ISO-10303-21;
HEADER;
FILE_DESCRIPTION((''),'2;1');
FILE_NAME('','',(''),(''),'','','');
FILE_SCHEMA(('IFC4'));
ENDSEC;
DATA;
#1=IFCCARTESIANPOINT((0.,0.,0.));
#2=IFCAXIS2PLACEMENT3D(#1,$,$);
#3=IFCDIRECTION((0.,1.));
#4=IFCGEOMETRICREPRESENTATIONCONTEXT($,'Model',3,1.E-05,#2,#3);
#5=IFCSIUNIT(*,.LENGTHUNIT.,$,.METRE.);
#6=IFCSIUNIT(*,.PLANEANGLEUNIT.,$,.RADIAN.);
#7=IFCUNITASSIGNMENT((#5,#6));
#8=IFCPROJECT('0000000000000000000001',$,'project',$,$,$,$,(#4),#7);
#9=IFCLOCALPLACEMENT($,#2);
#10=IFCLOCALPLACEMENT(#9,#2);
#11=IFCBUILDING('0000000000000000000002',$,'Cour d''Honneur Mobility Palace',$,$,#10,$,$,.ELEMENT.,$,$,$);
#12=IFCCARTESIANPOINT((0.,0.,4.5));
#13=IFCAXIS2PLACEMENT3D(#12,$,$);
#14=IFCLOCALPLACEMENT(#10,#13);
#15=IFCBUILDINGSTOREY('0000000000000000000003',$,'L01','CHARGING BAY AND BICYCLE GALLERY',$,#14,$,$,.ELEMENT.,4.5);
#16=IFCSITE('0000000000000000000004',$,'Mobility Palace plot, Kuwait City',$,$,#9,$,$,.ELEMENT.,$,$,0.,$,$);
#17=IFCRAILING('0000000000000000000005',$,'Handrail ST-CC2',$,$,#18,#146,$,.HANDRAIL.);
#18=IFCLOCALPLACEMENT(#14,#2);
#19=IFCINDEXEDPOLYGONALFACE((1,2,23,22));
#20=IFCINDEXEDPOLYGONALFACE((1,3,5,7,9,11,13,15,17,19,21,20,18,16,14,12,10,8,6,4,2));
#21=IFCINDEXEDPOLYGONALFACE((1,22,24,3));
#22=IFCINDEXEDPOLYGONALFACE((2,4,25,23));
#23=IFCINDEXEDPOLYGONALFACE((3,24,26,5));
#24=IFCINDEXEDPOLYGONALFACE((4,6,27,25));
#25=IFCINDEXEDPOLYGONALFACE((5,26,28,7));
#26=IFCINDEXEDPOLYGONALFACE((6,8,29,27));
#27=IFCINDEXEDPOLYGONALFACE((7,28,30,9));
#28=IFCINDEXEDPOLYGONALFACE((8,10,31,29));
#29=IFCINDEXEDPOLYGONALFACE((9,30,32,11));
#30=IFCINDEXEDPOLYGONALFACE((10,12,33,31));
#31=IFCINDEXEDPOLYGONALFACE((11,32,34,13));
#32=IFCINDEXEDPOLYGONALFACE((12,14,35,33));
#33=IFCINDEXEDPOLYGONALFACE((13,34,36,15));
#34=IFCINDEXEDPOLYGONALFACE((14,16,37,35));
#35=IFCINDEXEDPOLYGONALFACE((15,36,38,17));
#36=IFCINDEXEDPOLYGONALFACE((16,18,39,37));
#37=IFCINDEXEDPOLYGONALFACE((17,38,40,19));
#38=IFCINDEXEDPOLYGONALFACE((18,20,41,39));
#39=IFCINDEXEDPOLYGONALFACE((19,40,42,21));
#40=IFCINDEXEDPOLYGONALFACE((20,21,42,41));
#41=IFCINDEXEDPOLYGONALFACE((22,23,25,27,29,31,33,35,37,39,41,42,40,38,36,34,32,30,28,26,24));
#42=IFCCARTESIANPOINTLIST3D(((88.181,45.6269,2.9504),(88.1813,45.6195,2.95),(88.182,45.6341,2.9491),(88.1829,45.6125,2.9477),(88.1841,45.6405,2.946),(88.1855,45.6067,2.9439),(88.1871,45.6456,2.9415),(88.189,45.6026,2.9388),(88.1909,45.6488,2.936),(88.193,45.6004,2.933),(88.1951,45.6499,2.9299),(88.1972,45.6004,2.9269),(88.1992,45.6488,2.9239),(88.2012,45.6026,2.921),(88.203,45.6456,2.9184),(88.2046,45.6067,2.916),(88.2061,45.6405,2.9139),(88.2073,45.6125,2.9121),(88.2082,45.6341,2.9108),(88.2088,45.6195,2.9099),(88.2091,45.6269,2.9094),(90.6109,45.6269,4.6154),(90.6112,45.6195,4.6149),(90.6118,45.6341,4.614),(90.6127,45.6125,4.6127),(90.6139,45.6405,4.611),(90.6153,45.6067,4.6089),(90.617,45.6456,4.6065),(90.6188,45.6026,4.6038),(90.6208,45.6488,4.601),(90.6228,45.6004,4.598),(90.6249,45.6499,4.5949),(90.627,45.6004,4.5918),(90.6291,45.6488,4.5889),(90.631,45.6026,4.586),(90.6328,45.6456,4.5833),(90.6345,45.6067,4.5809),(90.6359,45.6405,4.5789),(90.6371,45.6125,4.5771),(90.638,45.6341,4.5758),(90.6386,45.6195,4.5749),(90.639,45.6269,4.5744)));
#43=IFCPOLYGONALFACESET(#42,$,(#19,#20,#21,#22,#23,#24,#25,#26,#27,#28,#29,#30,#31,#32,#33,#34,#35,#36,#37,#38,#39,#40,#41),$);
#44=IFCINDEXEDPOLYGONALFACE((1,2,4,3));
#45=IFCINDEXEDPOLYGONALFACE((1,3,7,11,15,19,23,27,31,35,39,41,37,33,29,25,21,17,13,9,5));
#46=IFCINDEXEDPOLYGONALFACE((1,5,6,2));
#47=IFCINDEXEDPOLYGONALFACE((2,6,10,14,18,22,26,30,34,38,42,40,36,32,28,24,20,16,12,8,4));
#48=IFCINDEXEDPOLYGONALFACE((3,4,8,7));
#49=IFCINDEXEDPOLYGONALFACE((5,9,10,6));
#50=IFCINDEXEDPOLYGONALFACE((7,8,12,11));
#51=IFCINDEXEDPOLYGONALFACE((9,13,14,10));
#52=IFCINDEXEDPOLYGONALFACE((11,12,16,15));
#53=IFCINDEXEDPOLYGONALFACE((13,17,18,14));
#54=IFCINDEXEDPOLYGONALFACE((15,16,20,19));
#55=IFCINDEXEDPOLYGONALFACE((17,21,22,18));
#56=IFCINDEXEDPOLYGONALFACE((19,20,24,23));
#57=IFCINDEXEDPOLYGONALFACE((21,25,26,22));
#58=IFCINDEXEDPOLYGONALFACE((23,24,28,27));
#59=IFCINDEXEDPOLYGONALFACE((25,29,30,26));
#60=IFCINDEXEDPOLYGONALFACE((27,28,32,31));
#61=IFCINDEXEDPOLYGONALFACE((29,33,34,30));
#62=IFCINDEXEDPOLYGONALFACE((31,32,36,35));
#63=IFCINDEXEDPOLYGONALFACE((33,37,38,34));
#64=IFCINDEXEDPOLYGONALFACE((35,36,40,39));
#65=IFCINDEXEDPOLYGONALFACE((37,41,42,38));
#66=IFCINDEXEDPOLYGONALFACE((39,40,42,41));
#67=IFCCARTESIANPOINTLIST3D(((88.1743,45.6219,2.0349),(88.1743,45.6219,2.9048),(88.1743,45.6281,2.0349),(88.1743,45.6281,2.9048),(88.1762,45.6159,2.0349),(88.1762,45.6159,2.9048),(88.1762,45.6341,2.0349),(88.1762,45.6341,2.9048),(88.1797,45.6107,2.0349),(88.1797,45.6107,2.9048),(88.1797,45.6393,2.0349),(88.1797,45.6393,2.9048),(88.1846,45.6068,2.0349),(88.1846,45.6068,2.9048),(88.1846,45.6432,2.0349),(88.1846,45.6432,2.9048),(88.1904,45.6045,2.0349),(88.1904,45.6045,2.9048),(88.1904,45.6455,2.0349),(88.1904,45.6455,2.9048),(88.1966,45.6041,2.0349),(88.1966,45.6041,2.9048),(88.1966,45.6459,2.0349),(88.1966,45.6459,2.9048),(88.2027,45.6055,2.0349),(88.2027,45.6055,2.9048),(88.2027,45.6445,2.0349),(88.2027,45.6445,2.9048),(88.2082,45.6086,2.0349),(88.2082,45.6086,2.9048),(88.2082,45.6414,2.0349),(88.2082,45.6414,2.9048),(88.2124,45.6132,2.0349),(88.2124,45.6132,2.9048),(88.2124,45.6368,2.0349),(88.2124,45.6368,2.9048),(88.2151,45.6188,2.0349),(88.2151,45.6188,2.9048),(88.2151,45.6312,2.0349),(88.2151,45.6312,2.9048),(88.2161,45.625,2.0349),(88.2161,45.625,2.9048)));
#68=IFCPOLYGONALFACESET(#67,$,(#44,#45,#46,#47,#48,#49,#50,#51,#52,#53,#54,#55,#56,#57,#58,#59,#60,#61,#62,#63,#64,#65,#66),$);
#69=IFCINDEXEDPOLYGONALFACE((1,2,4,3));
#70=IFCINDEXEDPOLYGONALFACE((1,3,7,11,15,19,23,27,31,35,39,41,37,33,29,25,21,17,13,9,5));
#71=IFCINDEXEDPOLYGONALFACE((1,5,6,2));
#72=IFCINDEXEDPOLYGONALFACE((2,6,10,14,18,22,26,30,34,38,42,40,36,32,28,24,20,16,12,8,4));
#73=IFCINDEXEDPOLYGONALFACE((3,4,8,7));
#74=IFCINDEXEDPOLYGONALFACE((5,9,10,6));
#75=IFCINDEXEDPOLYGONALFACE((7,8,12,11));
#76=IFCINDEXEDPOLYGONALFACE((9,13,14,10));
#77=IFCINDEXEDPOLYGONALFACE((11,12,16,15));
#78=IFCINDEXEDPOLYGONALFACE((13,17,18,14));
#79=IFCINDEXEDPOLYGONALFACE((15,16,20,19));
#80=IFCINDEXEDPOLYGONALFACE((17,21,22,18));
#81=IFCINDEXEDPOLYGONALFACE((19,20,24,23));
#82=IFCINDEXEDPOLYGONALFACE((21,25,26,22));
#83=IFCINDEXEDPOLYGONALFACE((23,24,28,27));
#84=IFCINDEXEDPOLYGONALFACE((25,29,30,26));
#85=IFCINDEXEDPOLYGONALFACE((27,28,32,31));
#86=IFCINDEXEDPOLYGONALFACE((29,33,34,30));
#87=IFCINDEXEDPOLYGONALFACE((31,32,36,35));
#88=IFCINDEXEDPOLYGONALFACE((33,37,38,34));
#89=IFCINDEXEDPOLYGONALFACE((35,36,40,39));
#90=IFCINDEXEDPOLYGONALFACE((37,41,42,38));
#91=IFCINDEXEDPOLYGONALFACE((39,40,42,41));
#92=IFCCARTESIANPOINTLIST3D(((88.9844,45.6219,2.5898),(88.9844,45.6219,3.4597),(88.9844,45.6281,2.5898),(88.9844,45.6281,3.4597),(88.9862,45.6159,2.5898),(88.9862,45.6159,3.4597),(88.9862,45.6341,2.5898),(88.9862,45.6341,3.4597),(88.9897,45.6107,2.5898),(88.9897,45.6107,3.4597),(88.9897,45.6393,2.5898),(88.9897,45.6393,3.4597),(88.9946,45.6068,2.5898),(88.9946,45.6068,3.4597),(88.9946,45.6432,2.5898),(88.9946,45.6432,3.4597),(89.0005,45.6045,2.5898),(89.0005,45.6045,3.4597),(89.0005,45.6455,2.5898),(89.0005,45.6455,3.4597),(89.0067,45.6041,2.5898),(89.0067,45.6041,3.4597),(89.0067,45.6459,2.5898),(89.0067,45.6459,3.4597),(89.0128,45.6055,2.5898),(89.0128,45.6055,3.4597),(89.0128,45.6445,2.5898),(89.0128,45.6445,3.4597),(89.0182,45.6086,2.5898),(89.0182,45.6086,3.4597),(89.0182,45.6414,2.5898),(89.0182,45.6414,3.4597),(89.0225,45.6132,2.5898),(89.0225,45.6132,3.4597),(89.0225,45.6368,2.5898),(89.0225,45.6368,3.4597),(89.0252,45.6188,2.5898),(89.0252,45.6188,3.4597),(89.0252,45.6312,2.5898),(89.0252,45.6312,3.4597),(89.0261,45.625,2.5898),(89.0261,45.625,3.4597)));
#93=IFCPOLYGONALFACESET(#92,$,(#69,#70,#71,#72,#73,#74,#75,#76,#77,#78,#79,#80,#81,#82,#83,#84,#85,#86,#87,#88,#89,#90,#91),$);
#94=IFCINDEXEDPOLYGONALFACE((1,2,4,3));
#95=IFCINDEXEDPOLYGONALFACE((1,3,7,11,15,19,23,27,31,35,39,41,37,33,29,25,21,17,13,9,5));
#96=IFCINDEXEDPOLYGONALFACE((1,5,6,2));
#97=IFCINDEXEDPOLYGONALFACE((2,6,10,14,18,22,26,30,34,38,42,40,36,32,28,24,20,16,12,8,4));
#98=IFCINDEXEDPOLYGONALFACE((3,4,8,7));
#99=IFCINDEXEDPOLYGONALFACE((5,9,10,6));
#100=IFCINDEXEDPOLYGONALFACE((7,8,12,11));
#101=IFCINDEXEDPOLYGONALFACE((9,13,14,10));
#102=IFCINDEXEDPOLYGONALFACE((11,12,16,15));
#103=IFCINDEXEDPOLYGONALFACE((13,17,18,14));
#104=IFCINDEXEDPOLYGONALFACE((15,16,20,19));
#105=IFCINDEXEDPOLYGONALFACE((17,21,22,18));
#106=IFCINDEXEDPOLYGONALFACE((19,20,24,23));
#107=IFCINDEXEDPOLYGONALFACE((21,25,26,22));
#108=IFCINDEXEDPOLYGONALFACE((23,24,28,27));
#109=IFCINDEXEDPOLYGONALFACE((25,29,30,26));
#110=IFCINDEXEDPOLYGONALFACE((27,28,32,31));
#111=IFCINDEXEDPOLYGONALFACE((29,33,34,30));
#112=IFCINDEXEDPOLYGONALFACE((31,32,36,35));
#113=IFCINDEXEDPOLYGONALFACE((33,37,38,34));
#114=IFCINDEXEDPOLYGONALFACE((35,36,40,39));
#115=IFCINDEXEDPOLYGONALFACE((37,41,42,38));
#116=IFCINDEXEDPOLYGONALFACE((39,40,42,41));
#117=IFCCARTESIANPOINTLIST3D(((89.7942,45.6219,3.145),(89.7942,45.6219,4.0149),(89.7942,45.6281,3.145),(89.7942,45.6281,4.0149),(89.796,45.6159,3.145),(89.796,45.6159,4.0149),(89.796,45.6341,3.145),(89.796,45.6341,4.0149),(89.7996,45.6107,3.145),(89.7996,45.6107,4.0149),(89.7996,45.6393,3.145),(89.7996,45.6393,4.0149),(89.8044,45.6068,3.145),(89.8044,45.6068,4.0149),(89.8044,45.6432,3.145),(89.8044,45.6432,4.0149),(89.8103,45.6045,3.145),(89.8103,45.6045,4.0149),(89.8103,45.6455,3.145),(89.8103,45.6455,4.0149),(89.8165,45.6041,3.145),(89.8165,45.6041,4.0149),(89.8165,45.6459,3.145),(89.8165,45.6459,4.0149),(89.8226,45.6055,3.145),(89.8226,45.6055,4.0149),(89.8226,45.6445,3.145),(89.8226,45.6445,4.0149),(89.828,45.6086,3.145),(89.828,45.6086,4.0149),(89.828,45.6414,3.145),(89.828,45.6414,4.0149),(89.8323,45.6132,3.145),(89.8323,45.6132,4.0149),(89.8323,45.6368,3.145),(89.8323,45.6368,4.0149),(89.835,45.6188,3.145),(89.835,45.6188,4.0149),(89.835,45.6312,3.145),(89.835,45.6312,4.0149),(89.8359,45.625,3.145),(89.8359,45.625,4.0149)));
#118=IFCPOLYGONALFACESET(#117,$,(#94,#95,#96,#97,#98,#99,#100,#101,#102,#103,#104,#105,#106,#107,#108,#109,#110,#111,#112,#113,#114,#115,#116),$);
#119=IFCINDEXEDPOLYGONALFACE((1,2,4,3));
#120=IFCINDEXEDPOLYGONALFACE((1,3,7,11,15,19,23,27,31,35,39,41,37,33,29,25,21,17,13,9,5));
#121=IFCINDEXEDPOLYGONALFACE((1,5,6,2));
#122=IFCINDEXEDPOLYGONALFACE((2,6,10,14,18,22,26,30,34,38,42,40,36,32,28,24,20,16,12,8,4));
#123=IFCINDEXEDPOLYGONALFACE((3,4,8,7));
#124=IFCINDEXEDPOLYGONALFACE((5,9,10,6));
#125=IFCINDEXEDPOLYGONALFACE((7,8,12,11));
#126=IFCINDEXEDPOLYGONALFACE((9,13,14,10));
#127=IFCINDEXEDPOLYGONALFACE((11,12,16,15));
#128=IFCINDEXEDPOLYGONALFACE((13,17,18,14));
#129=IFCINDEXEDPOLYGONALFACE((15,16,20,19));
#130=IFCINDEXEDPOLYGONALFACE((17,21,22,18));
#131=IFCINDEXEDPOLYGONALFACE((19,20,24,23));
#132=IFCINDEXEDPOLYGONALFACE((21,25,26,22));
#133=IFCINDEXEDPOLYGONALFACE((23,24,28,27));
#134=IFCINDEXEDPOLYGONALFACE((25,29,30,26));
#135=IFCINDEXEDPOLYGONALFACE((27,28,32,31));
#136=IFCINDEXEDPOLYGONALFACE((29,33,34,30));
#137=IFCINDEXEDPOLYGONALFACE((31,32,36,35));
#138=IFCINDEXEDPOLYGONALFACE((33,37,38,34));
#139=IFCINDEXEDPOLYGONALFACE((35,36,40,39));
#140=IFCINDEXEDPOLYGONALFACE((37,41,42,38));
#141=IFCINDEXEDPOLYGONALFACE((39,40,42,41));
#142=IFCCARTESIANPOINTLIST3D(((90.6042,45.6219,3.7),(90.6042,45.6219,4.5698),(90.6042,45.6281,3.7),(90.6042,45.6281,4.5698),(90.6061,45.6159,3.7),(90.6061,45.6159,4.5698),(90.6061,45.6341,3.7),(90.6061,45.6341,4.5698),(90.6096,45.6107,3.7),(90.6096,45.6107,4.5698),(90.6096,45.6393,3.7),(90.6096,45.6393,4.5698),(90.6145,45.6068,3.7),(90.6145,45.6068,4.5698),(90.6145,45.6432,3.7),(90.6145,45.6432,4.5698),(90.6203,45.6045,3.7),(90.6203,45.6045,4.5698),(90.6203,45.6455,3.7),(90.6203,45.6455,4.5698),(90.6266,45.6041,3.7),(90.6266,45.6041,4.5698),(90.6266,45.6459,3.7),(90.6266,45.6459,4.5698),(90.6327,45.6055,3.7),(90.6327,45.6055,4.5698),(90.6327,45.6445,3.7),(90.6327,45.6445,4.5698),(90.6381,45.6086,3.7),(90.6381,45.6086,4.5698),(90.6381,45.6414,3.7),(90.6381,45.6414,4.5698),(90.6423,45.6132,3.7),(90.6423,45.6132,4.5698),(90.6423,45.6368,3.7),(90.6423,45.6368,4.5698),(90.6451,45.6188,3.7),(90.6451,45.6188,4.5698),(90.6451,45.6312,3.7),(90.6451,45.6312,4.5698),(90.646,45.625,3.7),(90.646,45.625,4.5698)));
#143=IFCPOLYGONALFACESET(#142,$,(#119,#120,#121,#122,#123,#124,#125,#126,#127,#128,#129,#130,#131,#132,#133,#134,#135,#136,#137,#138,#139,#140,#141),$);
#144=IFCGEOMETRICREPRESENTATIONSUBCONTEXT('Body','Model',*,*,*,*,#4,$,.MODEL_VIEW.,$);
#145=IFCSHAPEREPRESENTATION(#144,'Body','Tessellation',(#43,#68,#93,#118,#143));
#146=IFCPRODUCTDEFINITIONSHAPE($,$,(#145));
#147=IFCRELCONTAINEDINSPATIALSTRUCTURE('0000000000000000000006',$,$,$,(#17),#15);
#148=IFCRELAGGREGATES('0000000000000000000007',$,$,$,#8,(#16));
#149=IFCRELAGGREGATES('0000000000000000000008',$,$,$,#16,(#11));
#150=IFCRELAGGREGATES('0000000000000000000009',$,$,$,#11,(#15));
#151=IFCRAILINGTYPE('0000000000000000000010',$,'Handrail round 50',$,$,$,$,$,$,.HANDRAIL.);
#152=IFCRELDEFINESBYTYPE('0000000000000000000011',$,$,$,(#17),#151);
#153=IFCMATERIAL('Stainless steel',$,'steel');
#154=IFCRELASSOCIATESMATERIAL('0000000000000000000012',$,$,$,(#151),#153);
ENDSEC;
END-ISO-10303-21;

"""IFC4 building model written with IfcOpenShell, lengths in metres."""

from ifc_helpers import new_model, si_unit, direction, frame, origin, origin_2d, place, context, subcontext, project, spatial, circle, extrude, material, type_object, element, save


model = new_model("IFC4")

# Units and contexts
model_context = context("Model", 3, precision=1e-05, world=origin(), true_north=direction((0.0, 1.0)))
body_context = subcontext(model_context, "Body", "Model", "MODEL_VIEW")
ifc_project = project(units=[si_unit("LENGTHUNIT", "METRE"), si_unit("PLANEANGLEUNIT", "RADIAN")], contexts=[model_context])

# Site, building, storey
site_placement = place(None, origin())
site = spatial("IfcSite", under=ifc_project, at=site_placement, Name="Mobility Palace plot, Kuwait City", CompositionType="ELEMENT", RefElevation=0.0)
building_placement = place(site_placement, origin())
building = spatial("IfcBuilding", under=site, at=building_placement, Name="Cour d'Honneur Mobility Palace", CompositionType="ELEMENT")
storey_placement = place(building_placement, frame((0.0, 0.0, 4.5)))
storey = spatial("IfcBuildingStorey", under=building, at=storey_placement, Name="L01", Description="CHARGING BAY AND BICYCLE GALLERY", CompositionType="ELEMENT", Elevation=4.5)

# Railing
ifc_material_1 = material(Name="Stainless steel", Category="steel")
railing_type_1 = type_object("IfcRailingType", Name="Handrail round 50", PredefinedType="HANDRAIL", material=ifc_material_1)
for number, where, name in (
    (1, (88.1951, 45.625, 2.0349), "Handrail ST-CC2"),
):
    element("IfcRailing", number, at=place(storey_placement, frame(where)), inside=storey, type_object=railing_type_1, Name=name, PredefinedType="HANDRAIL", context=body_context, shape_type="SweptSolid", body=[
        extrude(circle(Radius=0.0249, at=origin_2d()), frame((0.0, 0.0, 0.895), z_axis=(0.824919, 0.0, 0.565251), x_axis=(0.0, 1.0, 0.0)), (0.0, 0.0, 1.0), 2.9456),
        extrude(circle(Radius=0.021, at=origin_2d()), origin(), (0.0, 0.0, 1.0), 0.8699),
        extrude(circle(Radius=0.021, at=origin_2d()), frame((0.8101, 0.0, 0.5549)), (0.0, 0.0, 1.0), 0.8699),
        extrude(circle(Radius=0.021, at=origin_2d()), frame((1.6199, 0.0, 1.1101)), (0.0, 0.0, 1.0), 0.8699),
        extrude(circle(Radius=0.021, at=origin_2d()), frame((2.4299, 0.0, 1.665)), (0.0, 0.0, 1.0), 0.8699),
    ])

save(model, "model.ifc")
